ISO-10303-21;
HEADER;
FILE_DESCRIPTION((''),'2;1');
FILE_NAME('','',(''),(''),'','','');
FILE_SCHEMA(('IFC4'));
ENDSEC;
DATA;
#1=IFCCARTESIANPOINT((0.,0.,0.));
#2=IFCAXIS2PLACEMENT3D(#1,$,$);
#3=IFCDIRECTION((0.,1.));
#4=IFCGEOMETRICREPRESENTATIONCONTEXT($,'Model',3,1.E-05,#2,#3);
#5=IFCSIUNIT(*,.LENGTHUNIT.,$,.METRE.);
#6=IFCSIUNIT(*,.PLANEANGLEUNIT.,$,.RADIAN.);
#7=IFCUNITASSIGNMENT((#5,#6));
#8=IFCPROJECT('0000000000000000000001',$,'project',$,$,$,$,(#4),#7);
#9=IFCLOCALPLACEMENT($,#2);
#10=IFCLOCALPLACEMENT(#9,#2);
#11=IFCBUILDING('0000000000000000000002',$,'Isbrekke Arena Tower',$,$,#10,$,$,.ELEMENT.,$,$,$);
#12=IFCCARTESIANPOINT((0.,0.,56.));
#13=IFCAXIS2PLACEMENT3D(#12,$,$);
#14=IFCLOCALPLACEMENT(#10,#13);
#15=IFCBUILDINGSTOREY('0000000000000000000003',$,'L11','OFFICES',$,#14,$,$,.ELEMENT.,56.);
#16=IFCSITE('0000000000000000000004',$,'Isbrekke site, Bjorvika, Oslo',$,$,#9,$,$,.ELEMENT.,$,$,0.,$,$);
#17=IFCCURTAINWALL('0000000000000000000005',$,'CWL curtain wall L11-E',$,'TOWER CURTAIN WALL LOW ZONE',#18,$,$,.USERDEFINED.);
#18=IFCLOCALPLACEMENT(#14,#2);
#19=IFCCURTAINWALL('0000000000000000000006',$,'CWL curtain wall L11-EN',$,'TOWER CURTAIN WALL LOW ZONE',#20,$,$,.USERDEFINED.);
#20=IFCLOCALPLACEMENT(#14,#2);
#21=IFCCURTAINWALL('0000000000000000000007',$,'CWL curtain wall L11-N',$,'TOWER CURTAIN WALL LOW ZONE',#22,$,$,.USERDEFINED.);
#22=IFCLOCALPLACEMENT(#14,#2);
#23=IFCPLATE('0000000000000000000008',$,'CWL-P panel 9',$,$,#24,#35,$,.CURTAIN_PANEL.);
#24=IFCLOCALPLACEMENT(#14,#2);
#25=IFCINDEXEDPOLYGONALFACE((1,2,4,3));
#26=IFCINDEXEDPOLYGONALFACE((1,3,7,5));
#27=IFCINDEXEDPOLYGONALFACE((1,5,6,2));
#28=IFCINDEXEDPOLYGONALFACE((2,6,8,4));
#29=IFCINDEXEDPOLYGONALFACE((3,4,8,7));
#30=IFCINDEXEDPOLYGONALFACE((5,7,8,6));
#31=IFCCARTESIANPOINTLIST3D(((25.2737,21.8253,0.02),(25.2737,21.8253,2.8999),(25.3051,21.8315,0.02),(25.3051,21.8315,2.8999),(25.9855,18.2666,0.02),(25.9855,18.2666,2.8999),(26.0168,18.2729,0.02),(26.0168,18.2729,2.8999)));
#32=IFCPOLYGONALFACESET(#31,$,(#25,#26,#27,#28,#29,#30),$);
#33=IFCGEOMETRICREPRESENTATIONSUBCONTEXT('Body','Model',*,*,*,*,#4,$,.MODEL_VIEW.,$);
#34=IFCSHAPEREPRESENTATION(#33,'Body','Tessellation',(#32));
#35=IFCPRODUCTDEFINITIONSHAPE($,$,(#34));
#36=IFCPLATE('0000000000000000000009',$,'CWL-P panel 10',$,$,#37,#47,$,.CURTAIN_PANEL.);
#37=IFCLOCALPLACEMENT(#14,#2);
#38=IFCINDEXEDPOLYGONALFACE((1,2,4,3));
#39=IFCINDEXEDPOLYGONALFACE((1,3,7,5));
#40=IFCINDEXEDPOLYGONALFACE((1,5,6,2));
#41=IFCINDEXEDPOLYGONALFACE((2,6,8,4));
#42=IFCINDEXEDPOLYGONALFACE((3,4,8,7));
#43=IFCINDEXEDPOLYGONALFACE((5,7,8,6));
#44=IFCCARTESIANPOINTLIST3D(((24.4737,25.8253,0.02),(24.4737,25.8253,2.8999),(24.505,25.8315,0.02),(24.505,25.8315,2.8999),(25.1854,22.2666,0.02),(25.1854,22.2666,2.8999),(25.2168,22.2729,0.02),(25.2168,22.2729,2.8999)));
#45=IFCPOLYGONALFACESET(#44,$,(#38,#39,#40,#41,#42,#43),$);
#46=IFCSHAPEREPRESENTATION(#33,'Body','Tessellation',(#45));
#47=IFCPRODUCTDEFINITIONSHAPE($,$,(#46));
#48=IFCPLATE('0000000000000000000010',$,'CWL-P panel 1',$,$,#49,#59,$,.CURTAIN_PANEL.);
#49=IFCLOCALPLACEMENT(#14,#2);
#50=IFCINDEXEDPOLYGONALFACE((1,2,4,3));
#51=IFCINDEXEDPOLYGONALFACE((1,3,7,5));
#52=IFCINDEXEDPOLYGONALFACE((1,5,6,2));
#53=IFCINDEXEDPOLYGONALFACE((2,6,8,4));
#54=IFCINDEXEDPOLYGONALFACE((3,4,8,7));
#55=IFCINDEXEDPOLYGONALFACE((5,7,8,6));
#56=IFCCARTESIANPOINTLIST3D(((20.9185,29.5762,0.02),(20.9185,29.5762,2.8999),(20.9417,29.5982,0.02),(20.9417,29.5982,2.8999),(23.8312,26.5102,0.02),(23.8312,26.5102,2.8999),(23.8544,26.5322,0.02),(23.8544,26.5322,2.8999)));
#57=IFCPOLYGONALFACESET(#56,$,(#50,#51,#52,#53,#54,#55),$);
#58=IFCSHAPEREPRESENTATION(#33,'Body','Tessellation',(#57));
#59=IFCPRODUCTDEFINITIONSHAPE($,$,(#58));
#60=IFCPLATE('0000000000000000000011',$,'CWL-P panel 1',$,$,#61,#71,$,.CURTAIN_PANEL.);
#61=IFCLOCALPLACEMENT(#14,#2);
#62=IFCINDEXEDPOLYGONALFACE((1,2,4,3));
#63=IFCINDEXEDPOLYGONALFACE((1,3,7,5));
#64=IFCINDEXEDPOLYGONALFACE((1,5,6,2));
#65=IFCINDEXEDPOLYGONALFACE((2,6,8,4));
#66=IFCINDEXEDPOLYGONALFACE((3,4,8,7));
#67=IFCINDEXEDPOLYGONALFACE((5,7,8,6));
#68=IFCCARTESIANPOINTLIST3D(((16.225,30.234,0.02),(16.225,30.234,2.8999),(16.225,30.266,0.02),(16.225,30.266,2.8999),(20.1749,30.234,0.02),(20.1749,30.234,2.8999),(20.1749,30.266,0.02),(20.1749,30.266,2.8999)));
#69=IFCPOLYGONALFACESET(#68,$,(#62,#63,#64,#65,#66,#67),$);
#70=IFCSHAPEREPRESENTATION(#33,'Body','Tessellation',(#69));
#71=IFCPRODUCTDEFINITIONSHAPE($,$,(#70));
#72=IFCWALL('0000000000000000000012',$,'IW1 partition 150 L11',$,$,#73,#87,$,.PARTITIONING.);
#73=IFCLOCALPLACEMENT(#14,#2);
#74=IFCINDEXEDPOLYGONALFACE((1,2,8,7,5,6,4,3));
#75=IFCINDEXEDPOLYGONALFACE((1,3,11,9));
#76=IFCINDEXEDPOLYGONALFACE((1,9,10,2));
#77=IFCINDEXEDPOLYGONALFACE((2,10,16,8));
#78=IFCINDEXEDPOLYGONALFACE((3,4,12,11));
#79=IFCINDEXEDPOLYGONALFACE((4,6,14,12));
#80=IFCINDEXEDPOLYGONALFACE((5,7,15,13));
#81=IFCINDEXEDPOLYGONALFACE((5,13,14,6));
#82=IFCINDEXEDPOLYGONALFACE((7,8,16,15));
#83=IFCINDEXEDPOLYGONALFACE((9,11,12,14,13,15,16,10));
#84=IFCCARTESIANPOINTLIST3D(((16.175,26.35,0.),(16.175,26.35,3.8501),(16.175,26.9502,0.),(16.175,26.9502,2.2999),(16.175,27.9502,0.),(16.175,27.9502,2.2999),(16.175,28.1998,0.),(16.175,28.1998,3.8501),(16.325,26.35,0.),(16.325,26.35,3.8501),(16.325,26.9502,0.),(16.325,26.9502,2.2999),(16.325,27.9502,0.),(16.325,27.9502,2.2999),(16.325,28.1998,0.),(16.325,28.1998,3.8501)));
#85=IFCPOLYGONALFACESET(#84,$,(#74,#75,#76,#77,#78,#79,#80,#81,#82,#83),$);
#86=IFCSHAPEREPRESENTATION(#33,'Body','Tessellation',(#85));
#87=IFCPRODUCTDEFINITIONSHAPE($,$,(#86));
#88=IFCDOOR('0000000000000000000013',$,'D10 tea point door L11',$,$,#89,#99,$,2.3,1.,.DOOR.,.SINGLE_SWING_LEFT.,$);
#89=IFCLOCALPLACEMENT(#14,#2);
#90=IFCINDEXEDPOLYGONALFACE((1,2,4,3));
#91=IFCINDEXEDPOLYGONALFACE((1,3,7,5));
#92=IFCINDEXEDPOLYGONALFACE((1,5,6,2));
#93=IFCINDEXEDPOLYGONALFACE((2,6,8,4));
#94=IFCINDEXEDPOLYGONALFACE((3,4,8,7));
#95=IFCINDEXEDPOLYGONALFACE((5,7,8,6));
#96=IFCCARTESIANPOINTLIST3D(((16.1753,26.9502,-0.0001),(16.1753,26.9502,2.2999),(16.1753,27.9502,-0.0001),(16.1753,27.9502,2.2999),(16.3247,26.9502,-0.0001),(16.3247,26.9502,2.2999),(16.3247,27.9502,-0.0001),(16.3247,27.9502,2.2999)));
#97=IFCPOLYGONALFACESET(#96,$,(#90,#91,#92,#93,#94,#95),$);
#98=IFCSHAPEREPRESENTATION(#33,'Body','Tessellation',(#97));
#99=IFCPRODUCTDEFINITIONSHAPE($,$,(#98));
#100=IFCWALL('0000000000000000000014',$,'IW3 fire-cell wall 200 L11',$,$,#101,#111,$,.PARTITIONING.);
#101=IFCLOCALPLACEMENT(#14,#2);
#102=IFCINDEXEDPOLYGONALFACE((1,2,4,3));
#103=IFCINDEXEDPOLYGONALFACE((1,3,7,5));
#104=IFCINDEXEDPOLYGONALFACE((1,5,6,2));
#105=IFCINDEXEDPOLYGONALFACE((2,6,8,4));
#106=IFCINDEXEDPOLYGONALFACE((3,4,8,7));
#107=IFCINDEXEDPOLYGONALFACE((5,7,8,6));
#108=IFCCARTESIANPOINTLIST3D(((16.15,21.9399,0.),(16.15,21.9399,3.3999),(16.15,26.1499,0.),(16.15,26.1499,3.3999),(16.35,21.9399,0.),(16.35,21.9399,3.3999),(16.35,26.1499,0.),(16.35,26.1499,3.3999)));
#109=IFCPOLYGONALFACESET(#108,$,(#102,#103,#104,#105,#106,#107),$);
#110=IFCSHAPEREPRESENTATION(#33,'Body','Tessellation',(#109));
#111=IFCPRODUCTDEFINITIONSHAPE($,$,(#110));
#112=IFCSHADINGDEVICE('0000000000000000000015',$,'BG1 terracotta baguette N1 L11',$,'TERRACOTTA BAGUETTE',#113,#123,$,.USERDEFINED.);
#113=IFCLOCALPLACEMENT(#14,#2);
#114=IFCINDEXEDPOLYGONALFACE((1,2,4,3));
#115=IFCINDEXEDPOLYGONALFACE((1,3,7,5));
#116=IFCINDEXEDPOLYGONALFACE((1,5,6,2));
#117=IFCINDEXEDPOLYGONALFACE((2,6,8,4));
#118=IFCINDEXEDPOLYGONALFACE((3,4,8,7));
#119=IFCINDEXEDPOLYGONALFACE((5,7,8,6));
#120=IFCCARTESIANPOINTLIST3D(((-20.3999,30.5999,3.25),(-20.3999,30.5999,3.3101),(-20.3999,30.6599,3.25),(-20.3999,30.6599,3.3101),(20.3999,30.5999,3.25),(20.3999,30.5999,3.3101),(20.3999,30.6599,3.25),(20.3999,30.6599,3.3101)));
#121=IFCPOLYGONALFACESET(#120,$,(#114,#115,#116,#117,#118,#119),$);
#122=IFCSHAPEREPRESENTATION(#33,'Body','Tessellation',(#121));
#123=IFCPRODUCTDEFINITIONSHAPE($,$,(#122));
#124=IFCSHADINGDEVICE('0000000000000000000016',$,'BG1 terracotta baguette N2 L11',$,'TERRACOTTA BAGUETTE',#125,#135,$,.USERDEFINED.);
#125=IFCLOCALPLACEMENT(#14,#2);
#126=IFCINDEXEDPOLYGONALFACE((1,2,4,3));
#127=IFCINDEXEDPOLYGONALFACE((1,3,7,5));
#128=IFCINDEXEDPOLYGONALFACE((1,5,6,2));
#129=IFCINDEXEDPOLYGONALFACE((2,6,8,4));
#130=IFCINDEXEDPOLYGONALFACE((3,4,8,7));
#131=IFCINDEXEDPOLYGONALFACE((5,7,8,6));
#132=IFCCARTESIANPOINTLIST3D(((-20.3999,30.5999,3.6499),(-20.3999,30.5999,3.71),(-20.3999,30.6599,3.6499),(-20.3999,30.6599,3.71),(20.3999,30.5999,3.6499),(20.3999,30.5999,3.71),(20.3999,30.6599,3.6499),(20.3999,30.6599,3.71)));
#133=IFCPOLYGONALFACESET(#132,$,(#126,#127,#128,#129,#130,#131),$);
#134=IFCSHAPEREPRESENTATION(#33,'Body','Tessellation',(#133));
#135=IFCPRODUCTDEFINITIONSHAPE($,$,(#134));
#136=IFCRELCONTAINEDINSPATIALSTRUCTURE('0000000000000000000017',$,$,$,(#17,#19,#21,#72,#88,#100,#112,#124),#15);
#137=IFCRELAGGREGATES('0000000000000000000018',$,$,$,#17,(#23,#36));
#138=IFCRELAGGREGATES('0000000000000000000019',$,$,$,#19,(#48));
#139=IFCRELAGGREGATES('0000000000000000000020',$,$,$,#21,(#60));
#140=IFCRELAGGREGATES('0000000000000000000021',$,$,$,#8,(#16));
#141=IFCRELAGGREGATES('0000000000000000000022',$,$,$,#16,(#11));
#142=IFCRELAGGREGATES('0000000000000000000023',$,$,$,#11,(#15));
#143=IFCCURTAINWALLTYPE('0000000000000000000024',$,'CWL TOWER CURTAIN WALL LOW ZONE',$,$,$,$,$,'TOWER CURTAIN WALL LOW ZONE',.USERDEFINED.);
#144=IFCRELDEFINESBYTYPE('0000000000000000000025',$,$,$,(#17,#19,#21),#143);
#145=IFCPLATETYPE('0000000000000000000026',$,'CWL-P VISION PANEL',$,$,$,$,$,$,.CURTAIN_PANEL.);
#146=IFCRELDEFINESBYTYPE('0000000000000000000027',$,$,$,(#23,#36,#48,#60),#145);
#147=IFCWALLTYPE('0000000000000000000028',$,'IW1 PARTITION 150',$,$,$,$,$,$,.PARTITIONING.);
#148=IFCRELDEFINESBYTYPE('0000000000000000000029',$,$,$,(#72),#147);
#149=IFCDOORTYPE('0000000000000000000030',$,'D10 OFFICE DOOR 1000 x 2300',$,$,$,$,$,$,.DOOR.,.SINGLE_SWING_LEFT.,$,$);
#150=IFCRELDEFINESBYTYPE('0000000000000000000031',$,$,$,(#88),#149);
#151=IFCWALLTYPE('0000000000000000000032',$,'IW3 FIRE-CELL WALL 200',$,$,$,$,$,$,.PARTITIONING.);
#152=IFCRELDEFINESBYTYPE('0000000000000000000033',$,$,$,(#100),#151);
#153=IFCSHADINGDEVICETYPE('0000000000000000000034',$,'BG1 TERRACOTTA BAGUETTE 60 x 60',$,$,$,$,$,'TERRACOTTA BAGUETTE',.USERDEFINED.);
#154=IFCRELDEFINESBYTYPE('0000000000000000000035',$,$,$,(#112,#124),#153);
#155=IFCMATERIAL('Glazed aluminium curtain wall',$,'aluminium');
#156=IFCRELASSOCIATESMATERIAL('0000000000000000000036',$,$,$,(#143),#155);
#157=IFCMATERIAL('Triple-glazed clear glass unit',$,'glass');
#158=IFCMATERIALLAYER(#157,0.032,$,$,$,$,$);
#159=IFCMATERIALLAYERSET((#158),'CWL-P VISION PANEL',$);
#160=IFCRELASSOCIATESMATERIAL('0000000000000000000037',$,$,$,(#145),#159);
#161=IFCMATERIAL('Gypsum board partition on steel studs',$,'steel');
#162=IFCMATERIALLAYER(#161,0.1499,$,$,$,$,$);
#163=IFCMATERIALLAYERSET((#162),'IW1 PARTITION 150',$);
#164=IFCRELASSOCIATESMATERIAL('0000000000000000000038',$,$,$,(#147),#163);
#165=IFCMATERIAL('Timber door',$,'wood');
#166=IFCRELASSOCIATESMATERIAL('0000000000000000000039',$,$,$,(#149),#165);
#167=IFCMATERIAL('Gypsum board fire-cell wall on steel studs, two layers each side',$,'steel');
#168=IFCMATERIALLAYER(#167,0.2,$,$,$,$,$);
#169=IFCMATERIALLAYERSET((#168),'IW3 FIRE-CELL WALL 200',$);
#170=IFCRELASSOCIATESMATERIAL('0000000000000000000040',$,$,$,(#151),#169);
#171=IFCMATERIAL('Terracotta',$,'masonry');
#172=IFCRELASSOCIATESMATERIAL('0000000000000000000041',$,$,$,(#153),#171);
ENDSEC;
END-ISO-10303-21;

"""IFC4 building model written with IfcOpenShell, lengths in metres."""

from ifc_helpers import new_model, si_unit, direction, frame, frame_2d, origin, origin_2d, place, context, subcontext, project, spatial, rectangle, extrude, material, layer, layer_set, material_profile, profile_set, type_object, element, fill, aggregate, save


model = new_model("IFC4")

# Units and contexts
model_context = context("Model", 3, precision=1e-05, world=origin(), true_north=direction((0.0, 1.0)))
body_context = subcontext(model_context, "Body", "Model", "MODEL_VIEW")
ifc_project = project(units=[si_unit("LENGTHUNIT", "METRE"), si_unit("PLANEANGLEUNIT", "RADIAN")], contexts=[model_context])

# Site, building, storey
site_placement = place(None, origin())
site = spatial("IfcSite", under=ifc_project, at=site_placement, Name="Isbrekke site, Bjorvika, Oslo", CompositionType="ELEMENT", RefElevation=0.0)
building_placement = place(site_placement, origin())
building = spatial("IfcBuilding", under=site, at=building_placement, Name="Isbrekke Arena Tower", CompositionType="ELEMENT")
storey_placement = place(building_placement, frame((0.0, 0.0, 56.0)))
storey = spatial("IfcBuildingStorey", under=building, at=storey_placement, Name="L11", Description="OFFICES", CompositionType="ELEMENT", Elevation=56.0)

# Curtain walls
ifc_material_1 = material(Name="Glazed aluminium curtain wall", Category="aluminium")
curtain_wall_type = type_object("IfcCurtainWallType", Name="CWL TOWER CURTAIN WALL LOW ZONE", ElementType="TOWER CURTAIN WALL LOW ZONE", PredefinedType="USERDEFINED", material=ifc_material_1)
curtain_wall_1_placement = place(storey_placement, origin())
curtain_wall_1 = element("IfcCurtainWall", 1, at=curtain_wall_1_placement, inside=storey, type_object=curtain_wall_type, Name="CWL curtain wall L11-E", ObjectType="TOWER CURTAIN WALL LOW ZONE", PredefinedType="USERDEFINED")
curtain_wall_2_placement = place(storey_placement, origin())
curtain_wall_2 = element("IfcCurtainWall", 2, at=curtain_wall_2_placement, inside=storey, type_object=curtain_wall_type, Name="CWL curtain wall L11-EN", ObjectType="TOWER CURTAIN WALL LOW ZONE", PredefinedType="USERDEFINED")

# Curtain wall
curtain_wall_3_placement = place(storey_placement, origin())
curtain_wall_3 = element("IfcCurtainWall", 3, at=curtain_wall_3_placement, inside=storey, type_object=curtain_wall_type, Name="CWL curtain wall L11-N", ObjectType="TOWER CURTAIN WALL LOW ZONE", PredefinedType="USERDEFINED")

# Plates
ifc_material_2 = material(Name="Triple-glazed clear glass unit", Category="glass")
ifc_layer_1 = layer(ifc_material_2, 0.032)
ifc_layer_set_1 = layer_set([ifc_layer_1], Name="CWL-P VISION PANEL")
plate_type = type_object("IfcPlateType", Name="CWL-P VISION PANEL", PredefinedType="CURTAIN_PANEL", material=ifc_layer_set_1)
plate_1_placement = place(storey_placement, frame((25.6453, 20.0491, 0.02), z_axis=(0.0, 0.0, 1.0), x_axis=(-0.196116, 0.980581, 0.0)))
plate_1 = element("IfcPlate", 4, at=plate_1_placement, type_object=plate_type, Name="CWL-P panel 9", PredefinedType="CURTAIN_PANEL", context=body_context, shape_type="SweptSolid", body=[
    extrude(rectangle(XDim=3.6292, YDim=0.032, at=origin_2d()), origin(), (0.0, 0.0, 1.0), 2.8799),
])
plate_2_placement = place(storey_placement, frame((24.8452, 24.0491, 0.02), z_axis=(0.0, 0.0, 1.0), x_axis=(-0.196116, 0.980581, 0.0)))
plate_2 = element("IfcPlate", 5, at=plate_2_placement, type_object=plate_type, Name="CWL-P panel 10", PredefinedType="CURTAIN_PANEL", context=body_context, shape_type="SweptSolid", body=[
    extrude(rectangle(XDim=3.6292, YDim=0.032, at=origin_2d()), origin(), (0.0, 0.0, 1.0), 2.8799),
])
aggregate(curtain_wall_1, [plate_1, plate_2])
plate_3_placement = place(storey_placement, frame((22.3865, 28.0542, 0.02), z_axis=(0.0, 0.0, 1.0), x_axis=(-0.688749, 0.724999, 0.0)))
plate_3 = element("IfcPlate", 6, at=plate_3_placement, type_object=plate_type, Name="CWL-P panel 1", PredefinedType="CURTAIN_PANEL", context=body_context, shape_type="SweptSolid", body=[
    extrude(rectangle(XDim=4.229, YDim=0.032, at=origin_2d()), origin(), (0.0, 0.0, 1.0), 2.8799),
])
aggregate(curtain_wall_2, [plate_3])
plate_4_placement = place(storey_placement, frame((18.2, 30.25, 0.02), z_axis=(0.0, 0.0, 1.0), x_axis=(-1.0, 0.0, 0.0)))
plate_4 = element("IfcPlate", 7, at=plate_4_placement, type_object=plate_type, Name="CWL-P panel 1", PredefinedType="CURTAIN_PANEL", context=body_context, shape_type="SweptSolid", body=[
    extrude(rectangle(XDim=3.95, YDim=0.032, at=origin_2d()), origin(), (0.0, 0.0, 1.0), 2.8799),
])
aggregate(curtain_wall_3, [plate_4])

# Wall, opening, door
ifc_material_3 = material(Name="Gypsum board partition on steel studs", Category="steel")
ifc_layer_2 = layer(ifc_material_3, 0.1499)
ifc_layer_set_2 = layer_set([ifc_layer_2], Name="IW1 PARTITION 150")
wall_type_1 = type_object("IfcWallType", Name="IW1 PARTITION 150", PredefinedType="PARTITIONING", material=ifc_layer_set_2)
wall_1_placement = place(storey_placement, frame((16.25, 26.3501, 0.0), z_axis=(0.0, 0.0, 1.0), x_axis=(0.0, 1.0, 0.0)))
wall_1 = element("IfcWall", 8, at=wall_1_placement, inside=storey, type_object=wall_type_1, Name="IW1 partition 150 L11", PredefinedType="PARTITIONING", context=body_context, shape_type="SweptSolid", body=[
    extrude(rectangle(XDim=1.8499, YDim=0.1499, at=frame_2d((0.9248, 0.0))), origin(), (0.0, 0.0, 1.0), 3.8501),
])
opening_placement = place(wall_1_placement, frame((0.6001, 0.0, 0.0)))
opening = element("IfcOpeningElement", 9, at=opening_placement, cuts=wall_1, PredefinedType="OPENING", context=body_context, shape_type="SweptSolid", body=[
    extrude(rectangle(XDim=1.0, YDim=2.3, at=frame_2d((0.5, 1.1499))), frame((0.0, 0.0898, 0.0), z_axis=(0.0, -1.0, 0.0), x_axis=(1.0, 0.0, 0.0)), (0.0, 0.0, 1.0), 0.1797),
])
ifc_material_4 = material(Name="Timber door", Category="wood")
door_type = type_object("IfcDoorType", Name="D10 OFFICE DOOR 1000 x 2300", OperationType="SINGLE_SWING_LEFT", PredefinedType="DOOR", material=ifc_material_4)
door_placement = place(opening_placement, origin())
door = element("IfcDoor", 10, at=door_placement, inside=storey, type_object=door_type, Name="D10 tea point door L11", OperationType="SINGLE_SWING_LEFT", OverallHeight=2.3, OverallWidth=1.0, PredefinedType="DOOR", context=body_context, shape_type="SweptSolid", body=[
    extrude(rectangle(XDim=1.0, YDim=2.3, at=frame_2d((0.5, 1.1499))), frame((0.0, 0.0747, 0.0), z_axis=(0.0, -1.0, 0.0), x_axis=(1.0, 0.0, 0.0)), (0.0, 0.0, 1.0), 0.1494),
])
fill(opening, door)

# Wall
ifc_material_5 = material(Name="Gypsum board fire-cell wall on steel studs, two layers each side", Category="steel")
ifc_layer_3 = layer(ifc_material_5, 0.2)
ifc_layer_set_3 = layer_set([ifc_layer_3], Name="IW3 FIRE-CELL WALL 200")
wall_type_2 = type_object("IfcWallType", Name="IW3 FIRE-CELL WALL 200", PredefinedType="PARTITIONING", material=ifc_layer_set_3)
wall_2_placement = place(storey_placement, frame((16.25, 21.9399, 0.0), z_axis=(0.0, 0.0, 1.0), x_axis=(0.0, 1.0, 0.0)))
element("IfcWall", 11, at=wall_2_placement, inside=storey, type_object=wall_type_2, Name="IW3 fire-cell wall 200 L11", PredefinedType="PARTITIONING", context=body_context, shape_type="SweptSolid", body=[
    extrude(rectangle(XDim=4.21, YDim=0.2, at=frame_2d((2.105, 0.0))), origin(), (0.0, 0.0, 1.0), 3.3999),
])

# Shading devices
ifc_material_6 = material(Name="Terracotta", Category="masonry")
ifc_material_profile_1 = material_profile(ifc_material_6, rectangle(XDim=0.0601, YDim=0.0601, at=origin_2d()), Name="BAGUETTE 60X60")
ifc_profile_set_1 = profile_set([ifc_material_profile_1], Name="Terracotta")
shading_device_type = type_object("IfcShadingDeviceType", Name="BG1 TERRACOTTA BAGUETTE 60 x 60", ElementType="TERRACOTTA BAGUETTE", PredefinedType="USERDEFINED", material=ifc_profile_set_1)
for number, where, z_axis, x_axis, name in (
    (12, (20.3999, 30.6299, 3.28), (-1.0, 0.0, 0.0), (0.0, -1.0, 0.0), "BG1 terracotta baguette N1 L11"),
    (13, (20.3999, 30.6299, 3.6799), (-1.0, 0.0, 0.0), (0.0, -1.0, 0.0), "BG1 terracotta baguette N2 L11"),
):
    element("IfcShadingDevice", number, at=place(storey_placement, frame(where, z_axis=z_axis, x_axis=x_axis)), inside=storey, type_object=shading_device_type, Name=name, ObjectType="TERRACOTTA BAGUETTE", PredefinedType="USERDEFINED", context=body_context, shape_type="SweptSolid", body=[
        extrude(rectangle(XDim=0.0601, YDim=0.0601, at=origin_2d()), origin(), (0.0, 0.0, 1.0), 40.7998),
    ])

save(model, "model.ifc")
